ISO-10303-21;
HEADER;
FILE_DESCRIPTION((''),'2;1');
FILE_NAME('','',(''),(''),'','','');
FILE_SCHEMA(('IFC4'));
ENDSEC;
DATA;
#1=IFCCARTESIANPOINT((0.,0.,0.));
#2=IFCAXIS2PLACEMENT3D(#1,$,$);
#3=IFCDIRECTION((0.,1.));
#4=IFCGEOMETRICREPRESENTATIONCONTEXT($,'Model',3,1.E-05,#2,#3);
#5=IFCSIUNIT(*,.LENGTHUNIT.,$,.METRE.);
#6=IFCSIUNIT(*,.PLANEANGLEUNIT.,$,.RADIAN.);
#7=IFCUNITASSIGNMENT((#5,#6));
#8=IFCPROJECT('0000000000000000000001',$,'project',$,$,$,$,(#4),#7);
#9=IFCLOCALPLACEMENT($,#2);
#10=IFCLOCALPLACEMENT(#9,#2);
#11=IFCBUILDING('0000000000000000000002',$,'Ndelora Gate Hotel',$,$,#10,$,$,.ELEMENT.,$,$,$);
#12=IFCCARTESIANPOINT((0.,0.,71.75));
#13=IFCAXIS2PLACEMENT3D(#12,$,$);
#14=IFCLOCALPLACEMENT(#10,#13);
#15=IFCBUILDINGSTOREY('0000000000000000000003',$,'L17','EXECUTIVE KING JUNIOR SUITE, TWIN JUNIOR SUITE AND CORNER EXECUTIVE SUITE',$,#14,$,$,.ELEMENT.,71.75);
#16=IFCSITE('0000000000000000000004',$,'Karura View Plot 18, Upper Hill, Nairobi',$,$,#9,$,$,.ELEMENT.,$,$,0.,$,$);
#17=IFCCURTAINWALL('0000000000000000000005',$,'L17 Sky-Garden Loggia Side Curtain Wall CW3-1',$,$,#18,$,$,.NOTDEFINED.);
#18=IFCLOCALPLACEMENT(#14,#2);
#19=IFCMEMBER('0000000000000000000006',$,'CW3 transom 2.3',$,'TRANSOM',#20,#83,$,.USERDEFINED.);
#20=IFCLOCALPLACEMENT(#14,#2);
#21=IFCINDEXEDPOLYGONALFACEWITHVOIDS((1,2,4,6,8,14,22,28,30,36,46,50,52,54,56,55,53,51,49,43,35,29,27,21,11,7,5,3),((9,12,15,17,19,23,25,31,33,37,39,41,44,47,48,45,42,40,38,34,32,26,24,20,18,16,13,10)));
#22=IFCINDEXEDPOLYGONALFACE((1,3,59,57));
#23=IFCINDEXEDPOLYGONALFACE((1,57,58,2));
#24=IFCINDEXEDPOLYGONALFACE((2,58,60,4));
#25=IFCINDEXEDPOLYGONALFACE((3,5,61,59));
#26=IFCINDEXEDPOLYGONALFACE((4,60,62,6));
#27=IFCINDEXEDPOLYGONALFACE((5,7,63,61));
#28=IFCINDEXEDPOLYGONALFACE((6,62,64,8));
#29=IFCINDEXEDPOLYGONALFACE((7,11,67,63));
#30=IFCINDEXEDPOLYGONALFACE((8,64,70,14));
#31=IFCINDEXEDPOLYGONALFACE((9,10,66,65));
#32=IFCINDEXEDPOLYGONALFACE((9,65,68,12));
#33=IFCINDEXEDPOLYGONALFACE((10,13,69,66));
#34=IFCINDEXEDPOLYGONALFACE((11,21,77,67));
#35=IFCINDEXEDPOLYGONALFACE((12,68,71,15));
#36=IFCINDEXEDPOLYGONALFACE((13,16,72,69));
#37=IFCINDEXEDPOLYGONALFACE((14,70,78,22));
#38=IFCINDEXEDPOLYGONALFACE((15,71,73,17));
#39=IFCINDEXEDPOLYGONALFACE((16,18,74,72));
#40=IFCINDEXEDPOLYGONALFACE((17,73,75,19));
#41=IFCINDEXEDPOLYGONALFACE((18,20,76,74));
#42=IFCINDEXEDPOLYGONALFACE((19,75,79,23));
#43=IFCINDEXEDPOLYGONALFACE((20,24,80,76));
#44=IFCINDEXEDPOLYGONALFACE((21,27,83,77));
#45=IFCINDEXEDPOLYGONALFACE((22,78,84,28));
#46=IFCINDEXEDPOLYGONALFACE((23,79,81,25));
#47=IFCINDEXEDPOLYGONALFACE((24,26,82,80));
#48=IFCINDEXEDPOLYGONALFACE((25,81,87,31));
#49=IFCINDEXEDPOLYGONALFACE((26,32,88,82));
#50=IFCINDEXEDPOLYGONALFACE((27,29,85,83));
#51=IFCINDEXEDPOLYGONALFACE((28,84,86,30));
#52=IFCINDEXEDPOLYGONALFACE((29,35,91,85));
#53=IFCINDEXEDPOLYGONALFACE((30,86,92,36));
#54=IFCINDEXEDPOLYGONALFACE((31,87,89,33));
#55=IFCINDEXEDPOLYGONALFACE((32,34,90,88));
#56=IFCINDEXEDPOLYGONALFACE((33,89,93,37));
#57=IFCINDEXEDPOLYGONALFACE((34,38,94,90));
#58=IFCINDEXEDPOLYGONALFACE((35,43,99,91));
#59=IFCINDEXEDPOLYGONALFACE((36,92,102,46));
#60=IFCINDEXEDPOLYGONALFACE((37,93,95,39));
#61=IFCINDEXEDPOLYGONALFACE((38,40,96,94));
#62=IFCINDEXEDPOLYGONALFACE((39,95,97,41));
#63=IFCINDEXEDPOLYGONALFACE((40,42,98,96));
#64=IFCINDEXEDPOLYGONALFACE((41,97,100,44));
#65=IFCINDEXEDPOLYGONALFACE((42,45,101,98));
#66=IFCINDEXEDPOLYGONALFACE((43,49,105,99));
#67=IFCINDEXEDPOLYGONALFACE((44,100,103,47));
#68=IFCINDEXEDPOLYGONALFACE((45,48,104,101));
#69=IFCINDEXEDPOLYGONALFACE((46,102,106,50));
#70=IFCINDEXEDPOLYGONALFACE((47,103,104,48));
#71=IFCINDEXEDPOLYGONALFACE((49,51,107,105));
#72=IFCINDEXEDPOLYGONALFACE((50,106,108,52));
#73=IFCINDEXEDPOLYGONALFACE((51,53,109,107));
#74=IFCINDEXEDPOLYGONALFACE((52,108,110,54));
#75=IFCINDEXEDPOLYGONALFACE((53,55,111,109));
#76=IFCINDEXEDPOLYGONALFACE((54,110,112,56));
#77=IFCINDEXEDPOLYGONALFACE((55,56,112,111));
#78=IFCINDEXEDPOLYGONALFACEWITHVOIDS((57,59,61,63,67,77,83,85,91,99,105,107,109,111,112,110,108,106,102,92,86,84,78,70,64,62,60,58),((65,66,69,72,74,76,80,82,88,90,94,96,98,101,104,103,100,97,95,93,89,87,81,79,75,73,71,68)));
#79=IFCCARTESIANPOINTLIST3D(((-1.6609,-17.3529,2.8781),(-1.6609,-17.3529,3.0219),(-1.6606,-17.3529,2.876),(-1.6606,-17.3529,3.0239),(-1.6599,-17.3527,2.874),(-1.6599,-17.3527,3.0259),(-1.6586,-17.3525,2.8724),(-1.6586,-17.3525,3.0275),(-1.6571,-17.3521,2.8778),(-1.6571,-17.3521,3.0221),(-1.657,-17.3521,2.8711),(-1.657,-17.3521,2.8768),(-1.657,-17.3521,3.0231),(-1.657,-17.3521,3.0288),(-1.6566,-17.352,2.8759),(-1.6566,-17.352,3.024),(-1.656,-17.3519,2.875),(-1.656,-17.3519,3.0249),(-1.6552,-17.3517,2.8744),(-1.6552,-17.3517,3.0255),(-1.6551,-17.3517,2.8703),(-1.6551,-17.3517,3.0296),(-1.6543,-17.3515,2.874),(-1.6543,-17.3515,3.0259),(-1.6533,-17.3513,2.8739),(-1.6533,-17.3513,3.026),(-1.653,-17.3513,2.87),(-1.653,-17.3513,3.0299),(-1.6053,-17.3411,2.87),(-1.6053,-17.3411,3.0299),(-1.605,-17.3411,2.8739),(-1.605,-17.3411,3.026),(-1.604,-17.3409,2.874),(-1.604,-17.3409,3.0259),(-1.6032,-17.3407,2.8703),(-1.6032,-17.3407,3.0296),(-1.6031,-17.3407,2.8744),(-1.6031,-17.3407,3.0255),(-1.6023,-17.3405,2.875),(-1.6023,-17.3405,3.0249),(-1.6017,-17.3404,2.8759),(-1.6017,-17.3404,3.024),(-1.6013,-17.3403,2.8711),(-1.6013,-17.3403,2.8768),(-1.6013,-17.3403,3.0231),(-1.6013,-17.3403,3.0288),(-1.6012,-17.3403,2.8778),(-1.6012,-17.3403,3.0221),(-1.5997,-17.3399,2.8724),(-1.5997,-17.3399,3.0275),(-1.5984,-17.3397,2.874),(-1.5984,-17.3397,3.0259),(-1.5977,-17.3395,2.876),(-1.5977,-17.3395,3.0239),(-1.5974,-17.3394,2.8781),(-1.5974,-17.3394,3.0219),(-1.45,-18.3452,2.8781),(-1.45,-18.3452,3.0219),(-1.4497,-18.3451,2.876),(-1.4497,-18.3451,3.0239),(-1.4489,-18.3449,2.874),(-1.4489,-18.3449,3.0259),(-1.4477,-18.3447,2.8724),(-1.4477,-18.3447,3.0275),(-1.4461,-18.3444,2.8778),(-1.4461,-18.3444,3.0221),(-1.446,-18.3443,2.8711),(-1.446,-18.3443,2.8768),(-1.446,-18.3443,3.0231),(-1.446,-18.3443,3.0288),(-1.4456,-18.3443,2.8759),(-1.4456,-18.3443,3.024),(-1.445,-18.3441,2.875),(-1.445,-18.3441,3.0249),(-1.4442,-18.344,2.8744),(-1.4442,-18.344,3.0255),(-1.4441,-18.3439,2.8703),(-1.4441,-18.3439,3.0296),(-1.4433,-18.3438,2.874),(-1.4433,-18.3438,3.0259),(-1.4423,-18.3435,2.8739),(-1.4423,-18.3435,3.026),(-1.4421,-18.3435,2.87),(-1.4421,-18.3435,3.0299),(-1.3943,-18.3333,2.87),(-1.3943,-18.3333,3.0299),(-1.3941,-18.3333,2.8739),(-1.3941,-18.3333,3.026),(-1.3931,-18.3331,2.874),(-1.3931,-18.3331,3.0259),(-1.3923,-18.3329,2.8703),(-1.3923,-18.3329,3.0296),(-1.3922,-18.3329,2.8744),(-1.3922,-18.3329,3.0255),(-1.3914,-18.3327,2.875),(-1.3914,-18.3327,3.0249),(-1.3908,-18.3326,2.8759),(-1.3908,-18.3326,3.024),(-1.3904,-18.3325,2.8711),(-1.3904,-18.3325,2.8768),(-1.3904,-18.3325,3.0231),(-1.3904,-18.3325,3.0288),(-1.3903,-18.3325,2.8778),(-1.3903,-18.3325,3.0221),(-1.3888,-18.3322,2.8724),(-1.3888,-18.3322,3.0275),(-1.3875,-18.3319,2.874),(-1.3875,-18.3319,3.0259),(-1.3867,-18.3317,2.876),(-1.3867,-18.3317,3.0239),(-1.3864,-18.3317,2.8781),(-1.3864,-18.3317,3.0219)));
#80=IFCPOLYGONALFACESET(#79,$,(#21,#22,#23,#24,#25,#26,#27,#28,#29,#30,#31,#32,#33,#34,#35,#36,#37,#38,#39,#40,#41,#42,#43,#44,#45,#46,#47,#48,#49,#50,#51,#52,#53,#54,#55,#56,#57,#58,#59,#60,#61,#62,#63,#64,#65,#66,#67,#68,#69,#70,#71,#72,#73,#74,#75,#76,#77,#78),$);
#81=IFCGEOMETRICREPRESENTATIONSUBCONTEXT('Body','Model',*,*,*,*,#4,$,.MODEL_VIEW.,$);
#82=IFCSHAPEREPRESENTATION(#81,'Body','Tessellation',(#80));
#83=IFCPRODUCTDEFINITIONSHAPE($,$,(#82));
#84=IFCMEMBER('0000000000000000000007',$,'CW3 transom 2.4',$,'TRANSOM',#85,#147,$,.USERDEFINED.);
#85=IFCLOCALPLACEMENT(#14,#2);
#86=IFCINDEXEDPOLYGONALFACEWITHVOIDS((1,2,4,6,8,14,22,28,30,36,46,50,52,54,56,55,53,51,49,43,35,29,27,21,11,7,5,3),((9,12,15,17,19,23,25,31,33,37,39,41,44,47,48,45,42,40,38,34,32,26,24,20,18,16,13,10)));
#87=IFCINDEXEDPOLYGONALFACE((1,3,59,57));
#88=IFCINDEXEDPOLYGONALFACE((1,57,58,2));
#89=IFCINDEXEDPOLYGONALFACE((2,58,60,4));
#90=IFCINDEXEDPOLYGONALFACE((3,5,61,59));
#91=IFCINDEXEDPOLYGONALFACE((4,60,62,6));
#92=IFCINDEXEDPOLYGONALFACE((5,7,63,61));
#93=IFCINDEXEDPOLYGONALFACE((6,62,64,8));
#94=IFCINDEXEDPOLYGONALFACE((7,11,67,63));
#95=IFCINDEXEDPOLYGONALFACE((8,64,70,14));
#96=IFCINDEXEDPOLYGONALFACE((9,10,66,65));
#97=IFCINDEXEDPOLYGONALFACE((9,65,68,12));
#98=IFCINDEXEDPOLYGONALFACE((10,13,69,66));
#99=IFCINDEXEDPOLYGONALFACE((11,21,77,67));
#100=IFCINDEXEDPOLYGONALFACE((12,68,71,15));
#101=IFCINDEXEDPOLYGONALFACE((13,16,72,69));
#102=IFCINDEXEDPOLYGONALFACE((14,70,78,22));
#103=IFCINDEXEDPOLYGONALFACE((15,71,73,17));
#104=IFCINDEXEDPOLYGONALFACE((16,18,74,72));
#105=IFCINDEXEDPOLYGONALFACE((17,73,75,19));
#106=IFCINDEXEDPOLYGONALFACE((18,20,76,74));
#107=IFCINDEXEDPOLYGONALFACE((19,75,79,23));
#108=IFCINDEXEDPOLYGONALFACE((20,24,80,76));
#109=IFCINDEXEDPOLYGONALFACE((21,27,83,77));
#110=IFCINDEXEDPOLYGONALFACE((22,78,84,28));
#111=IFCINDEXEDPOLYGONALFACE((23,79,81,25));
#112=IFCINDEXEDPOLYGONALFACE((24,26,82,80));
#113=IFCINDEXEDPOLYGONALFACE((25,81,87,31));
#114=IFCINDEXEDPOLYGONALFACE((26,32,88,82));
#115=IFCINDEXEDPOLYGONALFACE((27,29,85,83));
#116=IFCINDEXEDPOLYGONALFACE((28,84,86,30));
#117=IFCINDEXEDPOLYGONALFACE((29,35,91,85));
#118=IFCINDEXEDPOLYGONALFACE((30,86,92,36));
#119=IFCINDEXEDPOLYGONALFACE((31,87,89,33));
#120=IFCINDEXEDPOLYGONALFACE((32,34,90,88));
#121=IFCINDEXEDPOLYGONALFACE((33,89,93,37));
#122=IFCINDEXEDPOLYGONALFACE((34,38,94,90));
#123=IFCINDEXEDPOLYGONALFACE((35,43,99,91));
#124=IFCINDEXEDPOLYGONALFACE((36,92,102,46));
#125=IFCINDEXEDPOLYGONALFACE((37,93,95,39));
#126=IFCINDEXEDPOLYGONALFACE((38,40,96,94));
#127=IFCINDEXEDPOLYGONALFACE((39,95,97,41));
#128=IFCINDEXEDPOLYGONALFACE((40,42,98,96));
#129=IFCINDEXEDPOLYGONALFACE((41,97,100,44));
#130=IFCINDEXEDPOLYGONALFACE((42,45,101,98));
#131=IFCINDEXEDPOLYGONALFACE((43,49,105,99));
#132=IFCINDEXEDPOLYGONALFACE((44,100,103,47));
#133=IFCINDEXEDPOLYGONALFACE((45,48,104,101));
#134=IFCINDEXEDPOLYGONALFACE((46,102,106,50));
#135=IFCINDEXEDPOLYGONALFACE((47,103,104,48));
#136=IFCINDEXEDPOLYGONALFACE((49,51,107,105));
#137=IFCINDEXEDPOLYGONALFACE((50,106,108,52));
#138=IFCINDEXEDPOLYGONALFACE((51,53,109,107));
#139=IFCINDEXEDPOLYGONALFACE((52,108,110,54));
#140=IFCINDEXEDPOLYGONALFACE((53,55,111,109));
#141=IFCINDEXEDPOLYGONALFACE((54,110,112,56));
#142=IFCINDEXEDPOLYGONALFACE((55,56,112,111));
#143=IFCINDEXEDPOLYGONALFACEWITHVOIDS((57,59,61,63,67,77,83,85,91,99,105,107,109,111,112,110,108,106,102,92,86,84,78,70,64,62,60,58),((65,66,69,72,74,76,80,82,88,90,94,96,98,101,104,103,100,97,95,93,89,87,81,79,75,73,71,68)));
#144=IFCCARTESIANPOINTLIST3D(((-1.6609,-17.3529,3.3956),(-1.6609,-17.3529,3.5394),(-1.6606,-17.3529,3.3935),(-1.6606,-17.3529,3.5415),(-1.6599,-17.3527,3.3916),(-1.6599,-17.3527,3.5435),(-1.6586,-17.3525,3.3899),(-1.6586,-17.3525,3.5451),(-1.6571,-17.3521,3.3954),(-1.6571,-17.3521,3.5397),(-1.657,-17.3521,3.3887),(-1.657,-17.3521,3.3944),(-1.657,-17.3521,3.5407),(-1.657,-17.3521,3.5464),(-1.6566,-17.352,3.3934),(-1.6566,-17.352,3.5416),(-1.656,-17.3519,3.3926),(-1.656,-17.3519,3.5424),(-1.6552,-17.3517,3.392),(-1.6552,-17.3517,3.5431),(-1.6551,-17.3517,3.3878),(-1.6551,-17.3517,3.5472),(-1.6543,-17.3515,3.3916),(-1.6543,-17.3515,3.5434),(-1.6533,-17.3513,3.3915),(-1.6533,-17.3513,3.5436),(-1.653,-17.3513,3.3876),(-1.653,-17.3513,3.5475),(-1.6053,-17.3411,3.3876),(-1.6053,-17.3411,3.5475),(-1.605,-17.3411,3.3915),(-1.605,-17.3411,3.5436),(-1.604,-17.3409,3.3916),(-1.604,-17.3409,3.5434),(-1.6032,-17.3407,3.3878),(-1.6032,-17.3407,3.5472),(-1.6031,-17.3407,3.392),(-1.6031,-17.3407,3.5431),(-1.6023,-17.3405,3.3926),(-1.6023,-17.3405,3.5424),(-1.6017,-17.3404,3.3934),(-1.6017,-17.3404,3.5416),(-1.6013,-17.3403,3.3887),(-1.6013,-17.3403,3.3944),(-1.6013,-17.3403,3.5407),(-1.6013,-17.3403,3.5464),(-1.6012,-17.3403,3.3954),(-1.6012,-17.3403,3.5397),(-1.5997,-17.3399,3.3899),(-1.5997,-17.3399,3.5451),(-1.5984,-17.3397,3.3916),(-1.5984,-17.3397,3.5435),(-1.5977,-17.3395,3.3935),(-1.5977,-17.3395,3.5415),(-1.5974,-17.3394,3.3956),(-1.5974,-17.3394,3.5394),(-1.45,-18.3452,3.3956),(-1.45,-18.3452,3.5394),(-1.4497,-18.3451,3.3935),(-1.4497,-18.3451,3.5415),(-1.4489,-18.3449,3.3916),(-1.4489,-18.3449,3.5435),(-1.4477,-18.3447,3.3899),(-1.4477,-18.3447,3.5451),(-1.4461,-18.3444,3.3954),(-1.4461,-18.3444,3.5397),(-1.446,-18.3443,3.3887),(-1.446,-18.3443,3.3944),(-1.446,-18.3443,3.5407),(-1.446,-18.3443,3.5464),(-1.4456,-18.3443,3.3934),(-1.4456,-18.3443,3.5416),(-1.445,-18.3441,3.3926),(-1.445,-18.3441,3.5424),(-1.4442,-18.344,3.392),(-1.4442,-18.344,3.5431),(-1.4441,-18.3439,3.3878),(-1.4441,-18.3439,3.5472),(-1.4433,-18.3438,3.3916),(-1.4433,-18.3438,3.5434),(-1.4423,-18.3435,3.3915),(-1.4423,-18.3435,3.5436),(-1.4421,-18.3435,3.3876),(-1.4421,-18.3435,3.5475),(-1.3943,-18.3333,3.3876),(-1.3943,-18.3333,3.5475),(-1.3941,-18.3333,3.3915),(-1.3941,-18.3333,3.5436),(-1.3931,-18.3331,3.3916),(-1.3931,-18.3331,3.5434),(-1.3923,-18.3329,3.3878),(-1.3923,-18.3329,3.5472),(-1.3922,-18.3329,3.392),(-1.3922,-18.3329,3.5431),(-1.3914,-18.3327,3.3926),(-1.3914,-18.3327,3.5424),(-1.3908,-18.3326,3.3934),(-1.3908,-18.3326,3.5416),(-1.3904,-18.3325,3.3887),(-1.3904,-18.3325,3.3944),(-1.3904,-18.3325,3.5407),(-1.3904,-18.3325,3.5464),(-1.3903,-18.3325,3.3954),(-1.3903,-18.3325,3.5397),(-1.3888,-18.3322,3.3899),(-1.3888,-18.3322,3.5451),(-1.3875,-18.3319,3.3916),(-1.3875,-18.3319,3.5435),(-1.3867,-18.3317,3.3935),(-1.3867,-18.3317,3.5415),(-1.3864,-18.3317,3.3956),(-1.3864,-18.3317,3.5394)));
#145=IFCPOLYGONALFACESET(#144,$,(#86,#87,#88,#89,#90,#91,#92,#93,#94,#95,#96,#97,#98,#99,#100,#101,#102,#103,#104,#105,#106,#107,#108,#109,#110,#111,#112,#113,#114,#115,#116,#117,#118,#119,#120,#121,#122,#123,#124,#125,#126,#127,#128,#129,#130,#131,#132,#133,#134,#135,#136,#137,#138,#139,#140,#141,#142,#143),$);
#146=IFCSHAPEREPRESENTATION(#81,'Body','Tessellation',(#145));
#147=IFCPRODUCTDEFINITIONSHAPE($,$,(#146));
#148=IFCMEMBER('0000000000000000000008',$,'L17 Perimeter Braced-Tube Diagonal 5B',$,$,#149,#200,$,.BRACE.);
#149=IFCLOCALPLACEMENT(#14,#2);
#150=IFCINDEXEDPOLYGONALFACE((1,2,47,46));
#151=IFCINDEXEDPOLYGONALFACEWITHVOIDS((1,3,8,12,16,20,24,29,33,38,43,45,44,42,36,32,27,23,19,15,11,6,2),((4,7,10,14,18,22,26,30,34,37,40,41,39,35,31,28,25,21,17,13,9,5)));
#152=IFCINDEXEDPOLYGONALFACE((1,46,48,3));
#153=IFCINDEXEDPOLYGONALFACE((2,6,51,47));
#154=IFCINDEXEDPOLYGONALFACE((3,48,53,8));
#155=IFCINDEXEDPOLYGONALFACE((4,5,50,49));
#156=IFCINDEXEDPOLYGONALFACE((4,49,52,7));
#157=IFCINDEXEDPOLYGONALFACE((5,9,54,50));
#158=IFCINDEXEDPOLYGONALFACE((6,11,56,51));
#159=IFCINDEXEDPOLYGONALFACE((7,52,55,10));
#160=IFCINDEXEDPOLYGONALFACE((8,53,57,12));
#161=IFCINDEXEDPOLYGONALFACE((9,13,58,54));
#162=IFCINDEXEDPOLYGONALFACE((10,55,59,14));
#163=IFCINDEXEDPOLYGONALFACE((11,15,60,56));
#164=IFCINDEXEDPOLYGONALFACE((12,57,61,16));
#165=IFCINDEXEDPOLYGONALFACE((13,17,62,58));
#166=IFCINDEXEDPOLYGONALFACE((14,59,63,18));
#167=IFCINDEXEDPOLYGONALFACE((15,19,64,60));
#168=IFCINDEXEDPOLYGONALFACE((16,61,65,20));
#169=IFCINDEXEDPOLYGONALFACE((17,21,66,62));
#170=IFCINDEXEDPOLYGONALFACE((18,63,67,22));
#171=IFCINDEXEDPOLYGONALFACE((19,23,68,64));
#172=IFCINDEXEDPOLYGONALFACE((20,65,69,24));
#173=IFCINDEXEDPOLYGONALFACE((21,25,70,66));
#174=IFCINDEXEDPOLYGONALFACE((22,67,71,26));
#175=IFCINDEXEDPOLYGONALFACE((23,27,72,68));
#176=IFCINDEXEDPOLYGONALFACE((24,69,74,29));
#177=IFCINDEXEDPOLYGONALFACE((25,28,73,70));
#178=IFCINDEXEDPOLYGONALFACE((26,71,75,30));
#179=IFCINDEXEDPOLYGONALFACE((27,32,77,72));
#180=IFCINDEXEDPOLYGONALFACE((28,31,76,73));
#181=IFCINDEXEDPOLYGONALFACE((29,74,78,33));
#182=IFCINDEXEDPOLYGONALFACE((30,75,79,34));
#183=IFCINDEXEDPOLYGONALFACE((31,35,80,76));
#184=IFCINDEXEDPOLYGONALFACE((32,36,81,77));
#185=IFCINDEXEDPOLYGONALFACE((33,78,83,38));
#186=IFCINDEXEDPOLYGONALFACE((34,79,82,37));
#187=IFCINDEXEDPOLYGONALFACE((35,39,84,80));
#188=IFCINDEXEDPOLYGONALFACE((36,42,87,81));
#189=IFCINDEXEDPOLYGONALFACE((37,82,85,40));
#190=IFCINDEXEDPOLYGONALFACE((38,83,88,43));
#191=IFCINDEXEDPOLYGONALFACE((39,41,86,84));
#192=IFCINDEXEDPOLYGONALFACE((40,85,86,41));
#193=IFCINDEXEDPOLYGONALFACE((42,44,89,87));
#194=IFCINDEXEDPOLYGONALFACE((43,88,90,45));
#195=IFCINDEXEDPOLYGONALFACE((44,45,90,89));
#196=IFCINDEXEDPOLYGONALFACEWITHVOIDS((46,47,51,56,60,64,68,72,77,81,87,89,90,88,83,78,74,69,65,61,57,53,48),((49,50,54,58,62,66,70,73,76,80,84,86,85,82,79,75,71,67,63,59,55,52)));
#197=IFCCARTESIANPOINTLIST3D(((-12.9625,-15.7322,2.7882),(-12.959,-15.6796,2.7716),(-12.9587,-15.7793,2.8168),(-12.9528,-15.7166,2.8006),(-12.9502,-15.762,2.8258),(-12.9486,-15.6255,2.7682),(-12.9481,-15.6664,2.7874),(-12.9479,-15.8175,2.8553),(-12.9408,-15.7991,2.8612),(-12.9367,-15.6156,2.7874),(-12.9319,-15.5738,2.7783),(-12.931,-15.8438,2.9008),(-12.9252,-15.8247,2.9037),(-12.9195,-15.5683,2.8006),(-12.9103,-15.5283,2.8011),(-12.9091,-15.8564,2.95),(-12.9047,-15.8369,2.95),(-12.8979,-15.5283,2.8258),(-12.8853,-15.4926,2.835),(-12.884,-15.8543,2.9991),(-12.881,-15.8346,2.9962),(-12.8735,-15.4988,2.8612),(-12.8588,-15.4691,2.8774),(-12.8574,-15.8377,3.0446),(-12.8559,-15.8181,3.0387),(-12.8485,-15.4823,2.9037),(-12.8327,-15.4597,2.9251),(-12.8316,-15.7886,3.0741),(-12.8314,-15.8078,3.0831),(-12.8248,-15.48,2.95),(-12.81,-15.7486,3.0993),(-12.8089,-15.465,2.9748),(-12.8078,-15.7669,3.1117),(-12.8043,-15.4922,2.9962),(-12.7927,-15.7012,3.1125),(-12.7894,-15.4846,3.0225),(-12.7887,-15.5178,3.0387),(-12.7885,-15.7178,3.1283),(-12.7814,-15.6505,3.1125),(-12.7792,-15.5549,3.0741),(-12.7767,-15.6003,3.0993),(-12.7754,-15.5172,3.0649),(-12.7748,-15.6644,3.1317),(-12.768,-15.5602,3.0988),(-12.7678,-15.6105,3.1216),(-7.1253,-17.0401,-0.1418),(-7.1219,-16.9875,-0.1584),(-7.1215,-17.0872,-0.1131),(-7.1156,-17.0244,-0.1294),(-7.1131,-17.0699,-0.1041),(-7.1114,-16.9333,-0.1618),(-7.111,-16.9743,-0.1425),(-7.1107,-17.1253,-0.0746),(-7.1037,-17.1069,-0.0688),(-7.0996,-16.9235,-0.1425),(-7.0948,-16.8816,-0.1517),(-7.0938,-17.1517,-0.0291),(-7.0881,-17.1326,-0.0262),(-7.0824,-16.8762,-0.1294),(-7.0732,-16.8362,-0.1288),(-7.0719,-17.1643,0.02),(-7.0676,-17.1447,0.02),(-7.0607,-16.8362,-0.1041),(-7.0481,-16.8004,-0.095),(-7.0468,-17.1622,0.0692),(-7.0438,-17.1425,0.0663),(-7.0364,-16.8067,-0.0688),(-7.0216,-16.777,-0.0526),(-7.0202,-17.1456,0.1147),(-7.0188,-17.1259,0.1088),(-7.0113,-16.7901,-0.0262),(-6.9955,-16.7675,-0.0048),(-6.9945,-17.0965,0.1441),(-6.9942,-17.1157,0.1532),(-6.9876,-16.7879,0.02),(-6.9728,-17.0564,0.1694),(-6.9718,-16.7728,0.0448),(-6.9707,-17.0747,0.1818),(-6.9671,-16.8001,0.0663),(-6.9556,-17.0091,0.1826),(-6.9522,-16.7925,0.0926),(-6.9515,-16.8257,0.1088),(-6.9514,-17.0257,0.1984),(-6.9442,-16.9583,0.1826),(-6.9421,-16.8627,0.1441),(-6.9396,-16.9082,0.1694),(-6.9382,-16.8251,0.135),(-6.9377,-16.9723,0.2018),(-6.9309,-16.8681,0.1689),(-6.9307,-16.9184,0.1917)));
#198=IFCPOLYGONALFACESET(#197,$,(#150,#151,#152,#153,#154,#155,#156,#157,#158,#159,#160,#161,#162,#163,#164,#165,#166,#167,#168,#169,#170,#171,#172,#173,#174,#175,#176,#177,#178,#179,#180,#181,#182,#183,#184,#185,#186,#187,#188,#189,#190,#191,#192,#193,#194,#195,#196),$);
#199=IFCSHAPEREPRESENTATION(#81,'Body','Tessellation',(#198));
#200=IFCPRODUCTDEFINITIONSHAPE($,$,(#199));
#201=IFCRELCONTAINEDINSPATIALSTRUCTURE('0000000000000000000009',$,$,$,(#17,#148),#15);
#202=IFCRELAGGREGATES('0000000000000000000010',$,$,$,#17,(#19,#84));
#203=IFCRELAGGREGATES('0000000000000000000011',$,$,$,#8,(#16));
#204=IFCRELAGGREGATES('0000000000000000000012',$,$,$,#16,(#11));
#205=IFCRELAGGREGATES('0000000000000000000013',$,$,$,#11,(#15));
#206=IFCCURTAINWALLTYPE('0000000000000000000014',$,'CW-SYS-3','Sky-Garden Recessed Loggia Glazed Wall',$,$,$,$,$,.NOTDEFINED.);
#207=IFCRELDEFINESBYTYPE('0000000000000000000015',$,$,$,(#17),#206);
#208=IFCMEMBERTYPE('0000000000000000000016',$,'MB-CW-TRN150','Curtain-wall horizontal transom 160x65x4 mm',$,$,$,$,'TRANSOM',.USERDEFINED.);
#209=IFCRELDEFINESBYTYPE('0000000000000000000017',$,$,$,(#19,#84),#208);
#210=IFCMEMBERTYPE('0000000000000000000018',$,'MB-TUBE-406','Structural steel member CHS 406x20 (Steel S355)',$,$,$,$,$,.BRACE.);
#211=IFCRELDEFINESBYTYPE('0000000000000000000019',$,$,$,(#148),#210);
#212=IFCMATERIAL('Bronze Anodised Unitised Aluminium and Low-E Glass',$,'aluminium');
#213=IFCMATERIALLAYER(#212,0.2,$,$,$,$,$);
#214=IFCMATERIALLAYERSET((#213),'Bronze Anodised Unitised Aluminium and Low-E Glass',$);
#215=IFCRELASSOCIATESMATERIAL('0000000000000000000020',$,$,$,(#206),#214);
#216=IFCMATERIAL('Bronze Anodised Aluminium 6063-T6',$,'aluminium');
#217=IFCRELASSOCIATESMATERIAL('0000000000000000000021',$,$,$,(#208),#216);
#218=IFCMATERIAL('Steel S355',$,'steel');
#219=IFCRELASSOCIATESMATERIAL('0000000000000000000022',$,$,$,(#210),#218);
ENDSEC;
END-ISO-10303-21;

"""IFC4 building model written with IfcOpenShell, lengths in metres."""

from ifc_helpers import new_model, si_unit, direction, frame, origin, origin_2d, place, context, subcontext, project, spatial, hollow_rectangle, hollow_circle, extrude, material, layer, layer_set, material_profile, profile_set, type_object, element, aggregate, save


model = new_model("IFC4")

# Units and contexts
model_context = context("Model", 3, precision=1e-05, world=origin(), true_north=direction((0.0, 1.0)))
body_context = subcontext(model_context, "Body", "Model", "MODEL_VIEW")
ifc_project = project(units=[si_unit("LENGTHUNIT", "METRE"), si_unit("PLANEANGLEUNIT", "RADIAN")], contexts=[model_context])

# Site, building, storey
site_placement = place(None, origin())
site = spatial("IfcSite", under=ifc_project, at=site_placement, Name="Karura View Plot 18, Upper Hill, Nairobi", CompositionType="ELEMENT", RefElevation=0.0)
building_placement = place(site_placement, origin())
building = spatial("IfcBuilding", under=site, at=building_placement, Name="Ndelora Gate Hotel", CompositionType="ELEMENT")
storey_placement = place(building_placement, frame((0.0, 0.0, 71.75)))
storey = spatial("IfcBuildingStorey", under=building, at=storey_placement, Name="L17", Description="EXECUTIVE KING JUNIOR SUITE, TWIN JUNIOR SUITE AND CORNER EXECUTIVE SUITE", CompositionType="ELEMENT", Elevation=71.75)

# Shared definitions
ifc_material_1 = material(Name="Steel S355", Category="steel")

# Curtain wall, members
ifc_material_2 = material(Name="Bronze Anodised Unitised Aluminium and Low-E Glass", Category="aluminium")
ifc_layer_1 = layer(ifc_material_2, 0.2)
ifc_layer_set_1 = layer_set([ifc_layer_1], Name="Bronze Anodised Unitised Aluminium and Low-E Glass")
curtain_wall_type = type_object("IfcCurtainWallType", Name="CW-SYS-3", Description="Sky-Garden Recessed Loggia Glazed Wall", PredefinedType="NOTDEFINED", material=ifc_layer_set_1)
curtain_wall_placement = place(storey_placement, origin())
curtain_wall = element("IfcCurtainWall", 1, at=curtain_wall_placement, inside=storey, type_object=curtain_wall_type, Name="L17 Sky-Garden Loggia Side Curtain Wall CW3-1", PredefinedType="NOTDEFINED")
ifc_material_3 = material(Name="Bronze Anodised Aluminium 6063-T6", Category="aluminium")
ifc_material_profile_1 = material_profile(ifc_material_3, hollow_rectangle(XDim=0.0649, YDim=0.1599, WallThickness=0.0039, InnerFilletRadius=0.0039, OuterFilletRadius=0.0081, at=origin_2d()), Name="ALU 160x65x4")
ifc_profile_set_1 = profile_set([ifc_material_profile_1], Name="Bronze Anodised Aluminium 6063-T6")
member_type_1 = type_object("IfcMemberType", Name="MB-CW-TRN150", Description="Curtain-wall horizontal transom 160x65x4 mm", ElementType="TRANSOM", PredefinedType="USERDEFINED", material=ifc_profile_set_1)
member_1_placement = place(storey_placement, frame((-1.6292, -17.3462, 2.95), z_axis=(0.207951, -0.978139, 0.0), x_axis=(0.978139, 0.207951, 0.0)))
member_1 = element("IfcMember", 2, at=member_1_placement, type_object=member_type_1, Name="CW3 transom 2.3", ObjectType="TRANSOM", PredefinedType="USERDEFINED", context=body_context, shape_type="SweptSolid", body=[
    extrude(hollow_rectangle(XDim=0.0649, YDim=0.1599, WallThickness=0.0039, InnerFilletRadius=0.0039, OuterFilletRadius=0.0081, at=origin_2d()), origin(), (0.0, 0.0, 1.0), 1.0144),
])
member_2_placement = place(storey_placement, frame((-1.6292, -17.3462, 3.4675), z_axis=(0.207951, -0.978139, 0.0), x_axis=(0.978139, 0.207951, 0.0)))
member_2 = element("IfcMember", 3, at=member_2_placement, type_object=member_type_1, Name="CW3 transom 2.4", ObjectType="TRANSOM", PredefinedType="USERDEFINED", context=body_context, shape_type="SweptSolid", body=[
    extrude(hollow_rectangle(XDim=0.0649, YDim=0.1599, WallThickness=0.0039, InnerFilletRadius=0.0039, OuterFilletRadius=0.0081, at=origin_2d()), origin(), (0.0, 0.0, 1.0), 1.0144),
])

# Member
ifc_material_profile_2 = material_profile(ifc_material_1, hollow_circle(Radius=0.2029, WallThickness=0.02, at=origin_2d()), Name="CHS 406x20")
ifc_profile_set_2 = profile_set([ifc_material_profile_2], Name="Steel S355")
member_type_2 = type_object("IfcMemberType", Name="MB-TUBE-406", Description="Structural steel member CHS 406x20 (Steel S355)", PredefinedType="BRACE", material=ifc_profile_set_2)
member_3_placement = place(storey_placement, frame((-7.0276, -16.9663, 0.02), z_axis=(-0.876333, 0.196349, 0.439871), x_axis=(-0.218637, -0.975806, 0.0)))
element("IfcMember", 4, at=member_3_placement, inside=storey, type_object=member_type_2, Name="L17 Perimeter Braced-Tube Diagonal 5B", PredefinedType="BRACE", context=body_context, shape_type="SweptSolid", body=[
    extrude(hollow_circle(Radius=0.2029, WallThickness=0.02, at=origin_2d()), origin(), (0.0, 0.0, 1.0), 6.6609),
])

aggregate(curtain_wall, [member_1, member_2])

save(model, "model.ifc")
